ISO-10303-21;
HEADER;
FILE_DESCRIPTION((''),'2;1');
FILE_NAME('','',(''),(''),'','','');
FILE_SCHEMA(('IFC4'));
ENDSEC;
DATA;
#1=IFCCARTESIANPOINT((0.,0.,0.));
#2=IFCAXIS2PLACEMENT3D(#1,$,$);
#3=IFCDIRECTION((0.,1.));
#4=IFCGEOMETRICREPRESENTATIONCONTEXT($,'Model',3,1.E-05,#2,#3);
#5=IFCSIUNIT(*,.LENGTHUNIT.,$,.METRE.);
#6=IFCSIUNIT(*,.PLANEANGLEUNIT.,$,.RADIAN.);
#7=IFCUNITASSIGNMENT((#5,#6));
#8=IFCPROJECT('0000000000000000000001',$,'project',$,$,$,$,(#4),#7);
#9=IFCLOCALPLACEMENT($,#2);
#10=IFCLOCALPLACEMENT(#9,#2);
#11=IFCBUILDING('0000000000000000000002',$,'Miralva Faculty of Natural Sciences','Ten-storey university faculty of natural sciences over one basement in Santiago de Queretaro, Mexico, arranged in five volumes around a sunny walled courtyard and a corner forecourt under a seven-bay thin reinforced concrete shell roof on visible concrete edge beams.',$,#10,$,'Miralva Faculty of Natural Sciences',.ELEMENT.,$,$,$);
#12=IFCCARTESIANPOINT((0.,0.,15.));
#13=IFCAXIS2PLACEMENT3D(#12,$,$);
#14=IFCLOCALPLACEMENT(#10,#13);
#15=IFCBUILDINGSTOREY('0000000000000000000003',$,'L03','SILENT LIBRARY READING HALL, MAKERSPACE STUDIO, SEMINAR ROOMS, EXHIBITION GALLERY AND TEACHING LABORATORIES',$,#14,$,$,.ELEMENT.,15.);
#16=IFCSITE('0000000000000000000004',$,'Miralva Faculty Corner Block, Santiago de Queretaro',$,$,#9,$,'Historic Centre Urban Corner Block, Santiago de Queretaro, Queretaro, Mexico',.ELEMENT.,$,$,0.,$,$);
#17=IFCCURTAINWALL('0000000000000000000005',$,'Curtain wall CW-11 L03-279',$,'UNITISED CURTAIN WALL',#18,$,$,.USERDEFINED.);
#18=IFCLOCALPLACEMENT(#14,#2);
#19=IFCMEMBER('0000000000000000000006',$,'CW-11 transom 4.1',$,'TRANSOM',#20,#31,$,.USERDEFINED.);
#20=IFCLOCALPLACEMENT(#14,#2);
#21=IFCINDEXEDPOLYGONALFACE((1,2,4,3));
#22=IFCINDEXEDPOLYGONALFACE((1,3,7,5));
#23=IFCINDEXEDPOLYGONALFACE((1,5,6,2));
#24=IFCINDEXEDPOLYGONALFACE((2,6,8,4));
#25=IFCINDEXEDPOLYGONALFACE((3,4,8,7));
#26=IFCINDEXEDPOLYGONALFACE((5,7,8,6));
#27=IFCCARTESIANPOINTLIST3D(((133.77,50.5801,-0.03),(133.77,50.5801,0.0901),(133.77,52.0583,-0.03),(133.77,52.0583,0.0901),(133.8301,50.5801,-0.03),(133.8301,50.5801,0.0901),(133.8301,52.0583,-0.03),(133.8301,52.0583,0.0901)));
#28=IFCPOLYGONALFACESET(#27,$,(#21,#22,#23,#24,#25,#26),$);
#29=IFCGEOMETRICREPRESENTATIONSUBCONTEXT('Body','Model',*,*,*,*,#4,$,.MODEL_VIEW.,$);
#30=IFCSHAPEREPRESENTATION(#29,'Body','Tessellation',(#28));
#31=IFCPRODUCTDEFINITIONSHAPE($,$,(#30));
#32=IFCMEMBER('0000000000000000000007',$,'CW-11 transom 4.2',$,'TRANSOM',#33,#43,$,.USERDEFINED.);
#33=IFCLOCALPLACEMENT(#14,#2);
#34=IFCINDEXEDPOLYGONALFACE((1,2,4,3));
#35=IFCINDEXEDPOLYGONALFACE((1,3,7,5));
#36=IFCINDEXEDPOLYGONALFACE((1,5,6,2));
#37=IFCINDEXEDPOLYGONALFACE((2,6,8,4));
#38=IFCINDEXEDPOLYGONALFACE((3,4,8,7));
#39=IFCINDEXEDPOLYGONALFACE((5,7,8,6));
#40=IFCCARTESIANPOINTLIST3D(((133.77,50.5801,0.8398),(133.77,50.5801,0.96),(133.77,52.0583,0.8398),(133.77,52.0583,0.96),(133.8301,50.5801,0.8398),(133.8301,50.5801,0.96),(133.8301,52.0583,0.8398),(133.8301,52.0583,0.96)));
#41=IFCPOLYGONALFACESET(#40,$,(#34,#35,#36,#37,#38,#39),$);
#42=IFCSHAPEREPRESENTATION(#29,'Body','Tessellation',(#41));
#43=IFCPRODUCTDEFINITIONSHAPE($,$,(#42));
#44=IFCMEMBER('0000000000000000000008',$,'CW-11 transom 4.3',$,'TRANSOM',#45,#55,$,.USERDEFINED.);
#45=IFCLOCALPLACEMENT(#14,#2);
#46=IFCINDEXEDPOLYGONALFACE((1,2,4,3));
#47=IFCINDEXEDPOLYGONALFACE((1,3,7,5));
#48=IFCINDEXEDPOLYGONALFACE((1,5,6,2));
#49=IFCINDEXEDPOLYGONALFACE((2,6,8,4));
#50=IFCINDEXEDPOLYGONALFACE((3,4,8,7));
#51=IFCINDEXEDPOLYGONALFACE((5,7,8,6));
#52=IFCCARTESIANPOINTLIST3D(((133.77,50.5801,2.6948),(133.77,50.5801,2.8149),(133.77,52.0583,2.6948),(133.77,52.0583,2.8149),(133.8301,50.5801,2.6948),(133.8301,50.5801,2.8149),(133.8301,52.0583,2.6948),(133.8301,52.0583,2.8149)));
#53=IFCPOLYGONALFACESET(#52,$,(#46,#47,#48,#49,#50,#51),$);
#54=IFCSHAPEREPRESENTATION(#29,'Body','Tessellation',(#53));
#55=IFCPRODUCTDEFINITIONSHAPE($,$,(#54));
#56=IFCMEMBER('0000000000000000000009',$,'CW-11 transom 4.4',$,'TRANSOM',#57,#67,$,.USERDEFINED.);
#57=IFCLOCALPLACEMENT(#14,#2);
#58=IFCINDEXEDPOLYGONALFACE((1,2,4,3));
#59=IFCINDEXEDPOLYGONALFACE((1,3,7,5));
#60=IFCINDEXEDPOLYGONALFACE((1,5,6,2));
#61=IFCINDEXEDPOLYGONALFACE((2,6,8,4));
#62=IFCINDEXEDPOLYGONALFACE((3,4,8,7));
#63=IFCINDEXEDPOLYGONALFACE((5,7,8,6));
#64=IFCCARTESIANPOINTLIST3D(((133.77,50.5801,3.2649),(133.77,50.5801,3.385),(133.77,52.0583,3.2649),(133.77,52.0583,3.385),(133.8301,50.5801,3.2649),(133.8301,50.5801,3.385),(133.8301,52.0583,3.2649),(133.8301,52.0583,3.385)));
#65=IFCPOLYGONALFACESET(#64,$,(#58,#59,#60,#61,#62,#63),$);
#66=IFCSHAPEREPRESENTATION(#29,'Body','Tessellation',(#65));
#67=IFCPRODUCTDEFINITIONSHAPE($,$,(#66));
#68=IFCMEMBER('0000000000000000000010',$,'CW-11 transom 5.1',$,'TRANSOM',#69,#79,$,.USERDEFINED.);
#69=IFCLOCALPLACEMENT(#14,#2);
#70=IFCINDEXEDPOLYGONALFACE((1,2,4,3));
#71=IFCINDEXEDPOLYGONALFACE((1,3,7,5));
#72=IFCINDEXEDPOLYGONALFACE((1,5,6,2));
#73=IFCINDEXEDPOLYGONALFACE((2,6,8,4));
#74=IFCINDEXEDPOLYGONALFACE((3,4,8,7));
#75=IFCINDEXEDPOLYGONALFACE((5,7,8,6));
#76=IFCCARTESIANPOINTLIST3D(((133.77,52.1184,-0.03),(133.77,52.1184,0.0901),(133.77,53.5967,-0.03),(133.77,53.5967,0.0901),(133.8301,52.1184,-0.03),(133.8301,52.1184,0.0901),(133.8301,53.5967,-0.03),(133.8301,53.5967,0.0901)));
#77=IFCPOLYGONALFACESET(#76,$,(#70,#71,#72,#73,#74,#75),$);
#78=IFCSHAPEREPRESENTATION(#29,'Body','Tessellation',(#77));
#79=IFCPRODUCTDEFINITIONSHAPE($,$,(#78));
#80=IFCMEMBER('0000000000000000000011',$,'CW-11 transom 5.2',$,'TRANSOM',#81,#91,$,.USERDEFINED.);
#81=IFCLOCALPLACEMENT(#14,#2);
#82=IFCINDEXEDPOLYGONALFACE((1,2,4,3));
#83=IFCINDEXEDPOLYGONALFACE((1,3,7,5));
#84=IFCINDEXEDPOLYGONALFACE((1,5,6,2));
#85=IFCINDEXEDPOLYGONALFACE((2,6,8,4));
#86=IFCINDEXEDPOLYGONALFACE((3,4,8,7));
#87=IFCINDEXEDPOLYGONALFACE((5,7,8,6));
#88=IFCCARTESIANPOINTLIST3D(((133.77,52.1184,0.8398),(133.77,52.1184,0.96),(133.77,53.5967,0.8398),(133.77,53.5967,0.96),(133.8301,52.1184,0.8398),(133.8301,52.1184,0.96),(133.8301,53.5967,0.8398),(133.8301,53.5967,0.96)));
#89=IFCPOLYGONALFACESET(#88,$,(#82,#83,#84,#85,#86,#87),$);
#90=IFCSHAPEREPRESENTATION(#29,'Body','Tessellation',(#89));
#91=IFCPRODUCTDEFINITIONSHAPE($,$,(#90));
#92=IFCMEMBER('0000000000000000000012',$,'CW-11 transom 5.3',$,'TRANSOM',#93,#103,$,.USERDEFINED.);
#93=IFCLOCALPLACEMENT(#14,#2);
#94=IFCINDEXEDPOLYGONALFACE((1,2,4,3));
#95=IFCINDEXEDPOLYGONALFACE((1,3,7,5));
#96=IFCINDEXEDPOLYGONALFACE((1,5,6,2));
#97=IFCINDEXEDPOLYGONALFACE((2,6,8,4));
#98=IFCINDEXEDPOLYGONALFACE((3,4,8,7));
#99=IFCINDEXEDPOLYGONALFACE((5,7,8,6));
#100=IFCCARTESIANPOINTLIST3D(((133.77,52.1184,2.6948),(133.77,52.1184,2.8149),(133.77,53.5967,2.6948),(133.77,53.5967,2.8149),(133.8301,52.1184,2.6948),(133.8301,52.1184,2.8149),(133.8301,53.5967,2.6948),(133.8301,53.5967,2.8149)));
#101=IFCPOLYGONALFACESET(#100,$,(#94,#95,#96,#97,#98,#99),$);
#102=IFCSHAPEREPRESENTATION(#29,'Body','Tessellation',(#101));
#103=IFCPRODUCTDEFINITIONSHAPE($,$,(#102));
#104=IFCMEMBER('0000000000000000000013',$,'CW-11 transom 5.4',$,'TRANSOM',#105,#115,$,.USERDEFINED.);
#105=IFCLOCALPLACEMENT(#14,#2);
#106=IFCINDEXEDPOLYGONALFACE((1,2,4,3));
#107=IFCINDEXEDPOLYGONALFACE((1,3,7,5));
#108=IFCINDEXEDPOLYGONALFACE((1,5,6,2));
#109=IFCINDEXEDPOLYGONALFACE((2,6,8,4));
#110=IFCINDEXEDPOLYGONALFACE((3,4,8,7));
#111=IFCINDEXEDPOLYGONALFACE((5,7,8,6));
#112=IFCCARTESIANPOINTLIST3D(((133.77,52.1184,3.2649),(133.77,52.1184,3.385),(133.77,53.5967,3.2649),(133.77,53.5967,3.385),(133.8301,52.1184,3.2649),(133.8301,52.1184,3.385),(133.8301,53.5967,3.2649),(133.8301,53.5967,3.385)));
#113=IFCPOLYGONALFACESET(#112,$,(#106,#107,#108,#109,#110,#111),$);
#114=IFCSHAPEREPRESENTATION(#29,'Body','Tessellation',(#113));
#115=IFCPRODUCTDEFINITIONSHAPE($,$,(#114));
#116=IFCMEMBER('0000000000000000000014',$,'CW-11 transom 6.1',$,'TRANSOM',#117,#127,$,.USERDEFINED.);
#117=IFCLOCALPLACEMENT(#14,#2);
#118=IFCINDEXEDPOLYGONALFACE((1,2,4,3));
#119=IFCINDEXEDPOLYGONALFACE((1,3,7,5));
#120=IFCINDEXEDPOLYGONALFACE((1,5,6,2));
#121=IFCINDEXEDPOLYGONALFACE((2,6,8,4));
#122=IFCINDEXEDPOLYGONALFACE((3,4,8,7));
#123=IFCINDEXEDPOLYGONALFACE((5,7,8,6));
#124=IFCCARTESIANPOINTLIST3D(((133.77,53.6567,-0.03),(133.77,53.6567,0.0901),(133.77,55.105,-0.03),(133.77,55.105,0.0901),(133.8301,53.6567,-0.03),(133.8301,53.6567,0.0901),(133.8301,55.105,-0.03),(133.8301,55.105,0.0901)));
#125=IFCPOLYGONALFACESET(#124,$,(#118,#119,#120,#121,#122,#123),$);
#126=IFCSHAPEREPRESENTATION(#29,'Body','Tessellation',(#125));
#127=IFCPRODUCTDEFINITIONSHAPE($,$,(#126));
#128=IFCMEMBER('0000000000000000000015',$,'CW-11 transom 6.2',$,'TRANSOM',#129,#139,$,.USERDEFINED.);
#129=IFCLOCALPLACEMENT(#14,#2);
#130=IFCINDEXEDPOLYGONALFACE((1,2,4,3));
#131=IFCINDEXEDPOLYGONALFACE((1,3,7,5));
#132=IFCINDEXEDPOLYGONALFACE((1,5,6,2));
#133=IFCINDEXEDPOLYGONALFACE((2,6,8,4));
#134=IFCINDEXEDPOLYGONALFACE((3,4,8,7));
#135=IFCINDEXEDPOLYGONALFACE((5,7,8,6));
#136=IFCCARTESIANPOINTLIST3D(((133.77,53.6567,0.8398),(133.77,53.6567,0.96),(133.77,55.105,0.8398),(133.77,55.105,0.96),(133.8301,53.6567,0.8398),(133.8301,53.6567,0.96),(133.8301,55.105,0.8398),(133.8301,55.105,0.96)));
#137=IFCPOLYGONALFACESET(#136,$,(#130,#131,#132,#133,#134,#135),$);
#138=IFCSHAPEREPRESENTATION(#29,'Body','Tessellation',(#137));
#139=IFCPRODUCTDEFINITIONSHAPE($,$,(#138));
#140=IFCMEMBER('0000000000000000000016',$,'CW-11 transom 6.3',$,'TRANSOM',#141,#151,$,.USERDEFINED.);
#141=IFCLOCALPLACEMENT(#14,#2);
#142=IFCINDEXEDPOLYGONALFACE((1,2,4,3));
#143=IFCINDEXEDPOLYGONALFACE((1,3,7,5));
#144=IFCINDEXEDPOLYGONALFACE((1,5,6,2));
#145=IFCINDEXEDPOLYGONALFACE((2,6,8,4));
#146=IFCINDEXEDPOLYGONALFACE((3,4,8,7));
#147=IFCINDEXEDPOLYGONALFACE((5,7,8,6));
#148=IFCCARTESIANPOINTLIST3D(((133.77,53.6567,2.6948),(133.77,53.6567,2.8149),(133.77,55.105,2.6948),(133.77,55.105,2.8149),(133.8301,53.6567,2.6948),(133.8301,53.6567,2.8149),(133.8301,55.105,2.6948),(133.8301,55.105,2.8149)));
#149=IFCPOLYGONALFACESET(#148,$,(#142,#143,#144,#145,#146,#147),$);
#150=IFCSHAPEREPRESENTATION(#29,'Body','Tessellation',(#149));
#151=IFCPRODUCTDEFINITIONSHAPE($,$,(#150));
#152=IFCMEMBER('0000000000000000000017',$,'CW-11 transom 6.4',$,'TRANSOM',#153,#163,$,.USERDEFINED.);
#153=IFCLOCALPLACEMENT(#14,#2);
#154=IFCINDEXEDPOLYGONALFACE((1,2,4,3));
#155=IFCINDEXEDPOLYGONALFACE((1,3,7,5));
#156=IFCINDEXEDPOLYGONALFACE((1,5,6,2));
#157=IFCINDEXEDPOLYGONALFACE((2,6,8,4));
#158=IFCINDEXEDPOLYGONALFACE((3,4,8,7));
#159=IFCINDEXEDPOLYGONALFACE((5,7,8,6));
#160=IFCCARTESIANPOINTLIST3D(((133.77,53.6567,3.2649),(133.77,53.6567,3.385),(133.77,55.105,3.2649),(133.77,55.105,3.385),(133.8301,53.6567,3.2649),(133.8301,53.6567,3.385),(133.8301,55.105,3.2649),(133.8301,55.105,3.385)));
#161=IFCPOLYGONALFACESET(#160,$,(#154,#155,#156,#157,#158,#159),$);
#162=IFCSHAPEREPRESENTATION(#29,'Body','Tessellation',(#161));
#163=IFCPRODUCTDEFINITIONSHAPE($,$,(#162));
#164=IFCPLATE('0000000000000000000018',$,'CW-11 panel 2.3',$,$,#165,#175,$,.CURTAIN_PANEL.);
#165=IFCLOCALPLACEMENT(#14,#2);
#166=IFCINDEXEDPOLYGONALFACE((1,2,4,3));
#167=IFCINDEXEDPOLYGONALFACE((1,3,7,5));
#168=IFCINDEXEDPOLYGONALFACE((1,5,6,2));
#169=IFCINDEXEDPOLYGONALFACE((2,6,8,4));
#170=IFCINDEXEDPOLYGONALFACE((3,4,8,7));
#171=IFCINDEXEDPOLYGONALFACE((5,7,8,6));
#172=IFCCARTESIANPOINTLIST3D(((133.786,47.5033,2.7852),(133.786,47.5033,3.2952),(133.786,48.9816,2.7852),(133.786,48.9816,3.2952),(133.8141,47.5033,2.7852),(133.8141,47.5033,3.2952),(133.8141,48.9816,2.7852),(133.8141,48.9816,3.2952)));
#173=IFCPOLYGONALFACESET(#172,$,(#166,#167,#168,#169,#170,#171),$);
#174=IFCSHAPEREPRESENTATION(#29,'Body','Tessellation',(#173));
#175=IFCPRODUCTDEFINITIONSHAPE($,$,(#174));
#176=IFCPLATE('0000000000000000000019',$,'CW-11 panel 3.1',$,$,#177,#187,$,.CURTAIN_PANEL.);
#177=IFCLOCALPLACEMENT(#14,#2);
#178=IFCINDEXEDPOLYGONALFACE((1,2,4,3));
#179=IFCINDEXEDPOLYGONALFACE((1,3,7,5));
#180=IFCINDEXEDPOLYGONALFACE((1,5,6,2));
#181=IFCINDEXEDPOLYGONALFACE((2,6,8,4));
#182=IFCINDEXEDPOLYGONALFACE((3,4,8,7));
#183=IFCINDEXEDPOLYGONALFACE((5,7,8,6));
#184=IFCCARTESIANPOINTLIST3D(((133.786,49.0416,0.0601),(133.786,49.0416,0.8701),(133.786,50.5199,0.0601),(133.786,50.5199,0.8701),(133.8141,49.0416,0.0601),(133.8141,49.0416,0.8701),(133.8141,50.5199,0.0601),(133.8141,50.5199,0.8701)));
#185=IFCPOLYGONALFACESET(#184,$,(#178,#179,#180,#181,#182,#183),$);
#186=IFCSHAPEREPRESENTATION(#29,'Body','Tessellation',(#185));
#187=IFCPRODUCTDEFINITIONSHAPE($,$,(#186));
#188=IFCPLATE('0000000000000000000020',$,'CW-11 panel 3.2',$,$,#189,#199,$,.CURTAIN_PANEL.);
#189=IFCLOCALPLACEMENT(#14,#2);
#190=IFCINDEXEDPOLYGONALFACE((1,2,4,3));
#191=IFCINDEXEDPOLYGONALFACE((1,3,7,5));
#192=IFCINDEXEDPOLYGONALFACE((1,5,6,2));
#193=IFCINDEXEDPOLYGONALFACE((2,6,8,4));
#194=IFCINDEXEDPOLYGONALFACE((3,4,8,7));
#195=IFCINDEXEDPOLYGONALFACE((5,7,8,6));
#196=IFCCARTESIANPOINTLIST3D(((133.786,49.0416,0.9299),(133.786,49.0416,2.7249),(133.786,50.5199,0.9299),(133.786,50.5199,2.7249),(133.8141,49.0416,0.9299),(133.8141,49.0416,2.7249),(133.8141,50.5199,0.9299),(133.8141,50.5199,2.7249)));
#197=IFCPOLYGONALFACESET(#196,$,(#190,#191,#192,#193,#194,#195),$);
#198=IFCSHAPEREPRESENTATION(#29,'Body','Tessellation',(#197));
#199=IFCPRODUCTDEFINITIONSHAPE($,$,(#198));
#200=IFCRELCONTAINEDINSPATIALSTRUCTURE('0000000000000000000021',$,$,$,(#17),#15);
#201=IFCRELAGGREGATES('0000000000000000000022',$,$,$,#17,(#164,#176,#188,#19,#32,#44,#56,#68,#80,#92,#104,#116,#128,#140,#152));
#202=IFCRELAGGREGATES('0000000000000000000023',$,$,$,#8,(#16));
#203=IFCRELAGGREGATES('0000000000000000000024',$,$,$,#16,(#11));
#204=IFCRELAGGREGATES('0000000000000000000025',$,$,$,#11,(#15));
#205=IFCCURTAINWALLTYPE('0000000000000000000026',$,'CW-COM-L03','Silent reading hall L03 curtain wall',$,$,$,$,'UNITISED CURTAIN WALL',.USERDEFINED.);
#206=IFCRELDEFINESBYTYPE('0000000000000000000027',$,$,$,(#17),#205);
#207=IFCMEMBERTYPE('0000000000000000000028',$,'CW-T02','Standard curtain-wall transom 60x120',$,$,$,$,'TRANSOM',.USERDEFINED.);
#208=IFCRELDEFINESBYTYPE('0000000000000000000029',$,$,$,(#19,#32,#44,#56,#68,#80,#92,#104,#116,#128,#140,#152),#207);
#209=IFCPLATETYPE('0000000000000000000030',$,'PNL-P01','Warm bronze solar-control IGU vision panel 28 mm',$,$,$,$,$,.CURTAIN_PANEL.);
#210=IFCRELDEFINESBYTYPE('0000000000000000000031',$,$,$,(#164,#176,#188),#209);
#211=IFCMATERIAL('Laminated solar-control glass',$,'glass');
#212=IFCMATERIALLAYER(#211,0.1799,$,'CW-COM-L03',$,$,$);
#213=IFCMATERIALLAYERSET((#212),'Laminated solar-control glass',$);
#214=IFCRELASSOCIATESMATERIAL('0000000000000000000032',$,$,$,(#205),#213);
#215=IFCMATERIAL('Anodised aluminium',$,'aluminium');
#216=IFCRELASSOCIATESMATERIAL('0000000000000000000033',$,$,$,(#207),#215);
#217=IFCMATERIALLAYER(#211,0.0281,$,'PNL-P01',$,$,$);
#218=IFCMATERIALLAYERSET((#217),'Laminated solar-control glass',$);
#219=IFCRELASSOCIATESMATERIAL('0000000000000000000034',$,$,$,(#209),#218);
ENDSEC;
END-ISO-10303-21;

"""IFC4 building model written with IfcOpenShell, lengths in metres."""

from ifc_helpers import new_model, si_unit, direction, frame, origin, origin_2d, place, context, subcontext, project, spatial, rectangle, extrude, material, layer, layer_set, material_profile, profile_set, type_object, element, aggregate, save


model = new_model("IFC4")

# Units and contexts
model_context = context("Model", 3, precision=1e-05, world=origin(), true_north=direction((0.0, 1.0)))
body_context = subcontext(model_context, "Body", "Model", "MODEL_VIEW")
ifc_project = project(units=[si_unit("LENGTHUNIT", "METRE"), si_unit("PLANEANGLEUNIT", "RADIAN")], contexts=[model_context])

# Site, building, storey
site_placement = place(None, origin())
site = spatial("IfcSite", under=ifc_project, at=site_placement, Name="Miralva Faculty Corner Block, Santiago de Queretaro", LongName="Historic Centre Urban Corner Block, Santiago de Queretaro, Queretaro, Mexico", CompositionType="ELEMENT", RefElevation=0.0)
building_placement = place(site_placement, origin())
building = spatial("IfcBuilding", under=site, at=building_placement, Name="Miralva Faculty of Natural Sciences", Description="Ten-storey university faculty of natural sciences over one basement in Santiago de Queretaro, Mexico, arranged in five volumes around a sunny walled courtyard and a corner forecourt under a seven-bay thin reinforced concrete shell roof on visible concrete edge beams.", LongName="Miralva Faculty of Natural Sciences", CompositionType="ELEMENT")
storey_placement = place(building_placement, frame((0.0, 0.0, 15.0)))
storey = spatial("IfcBuildingStorey", under=building, at=storey_placement, Name="L03", Description="SILENT LIBRARY READING HALL, MAKERSPACE STUDIO, SEMINAR ROOMS, EXHIBITION GALLERY AND TEACHING LABORATORIES", CompositionType="ELEMENT", Elevation=15.0)

# Curtain wall, members, plates
ifc_material_1 = material(Name="Laminated solar-control glass", Category="glass")
ifc_layer_1 = layer(ifc_material_1, 0.1799, Name="CW-COM-L03")
ifc_layer_set_1 = layer_set([ifc_layer_1], Name="Laminated solar-control glass")
curtain_wall_type = type_object("IfcCurtainWallType", Name="CW-COM-L03", Description="Silent reading hall L03 curtain wall", ElementType="UNITISED CURTAIN WALL", PredefinedType="USERDEFINED", material=ifc_layer_set_1)
curtain_wall_placement = place(storey_placement, origin())
curtain_wall = element("IfcCurtainWall", 1, at=curtain_wall_placement, inside=storey, type_object=curtain_wall_type, Name="Curtain wall CW-11 L03-279", ObjectType="UNITISED CURTAIN WALL", PredefinedType="USERDEFINED")
ifc_material_2 = material(Name="Anodised aluminium", Category="aluminium")
ifc_material_profile_1 = material_profile(ifc_material_2, rectangle(XDim=0.0601, YDim=0.1201, at=origin_2d()), Name="TRANSOM 60x120")
ifc_profile_set_1 = profile_set([ifc_material_profile_1], Name="Anodised aluminium")
member_type_1 = type_object("IfcMemberType", Name="CW-T02", Description="Standard curtain-wall transom 60x120", ElementType="TRANSOM", PredefinedType="USERDEFINED", material=ifc_profile_set_1)
member_1_placement = place(storey_placement, frame((133.8, 50.5801, 0.03), z_axis=(0.0, 1.0, 0.0), x_axis=(-1.0, 0.0, 0.0)))
member_1 = element("IfcMember", 2, at=member_1_placement, type_object=member_type_1, Name="CW-11 transom 4.1", ObjectType="TRANSOM", PredefinedType="USERDEFINED", context=body_context, shape_type="SweptSolid", body=[
    extrude(rectangle(XDim=0.0601, YDim=0.1201, at=origin_2d()), origin(), (0.0, 0.0, 1.0), 1.4783),
])
member_2_placement = place(storey_placement, frame((133.8, 50.5801, 0.8999), z_axis=(0.0, 1.0, 0.0), x_axis=(-1.0, 0.0, 0.0)))
member_2 = element("IfcMember", 3, at=member_2_placement, type_object=member_type_1, Name="CW-11 transom 4.2", ObjectType="TRANSOM", PredefinedType="USERDEFINED", context=body_context, shape_type="SweptSolid", body=[
    extrude(rectangle(XDim=0.0601, YDim=0.1201, at=origin_2d()), origin(), (0.0, 0.0, 1.0), 1.4783),
])
member_3_placement = place(storey_placement, frame((133.8, 50.5801, 2.7549), z_axis=(0.0, 1.0, 0.0), x_axis=(-1.0, 0.0, 0.0)))
member_3 = element("IfcMember", 4, at=member_3_placement, type_object=member_type_1, Name="CW-11 transom 4.3", ObjectType="TRANSOM", PredefinedType="USERDEFINED", context=body_context, shape_type="SweptSolid", body=[
    extrude(rectangle(XDim=0.0601, YDim=0.1201, at=origin_2d()), origin(), (0.0, 0.0, 1.0), 1.4783),
])
member_4_placement = place(storey_placement, frame((133.8, 50.5801, 3.325), z_axis=(0.0, 1.0, 0.0), x_axis=(-1.0, 0.0, 0.0)))
member_4 = element("IfcMember", 5, at=member_4_placement, type_object=member_type_1, Name="CW-11 transom 4.4", ObjectType="TRANSOM", PredefinedType="USERDEFINED", context=body_context, shape_type="SweptSolid", body=[
    extrude(rectangle(XDim=0.0601, YDim=0.1201, at=origin_2d()), origin(), (0.0, 0.0, 1.0), 1.4783),
])
member_5_placement = place(storey_placement, frame((133.8, 52.1184, 0.03), z_axis=(0.0, 1.0, 0.0), x_axis=(-1.0, 0.0, 0.0)))
member_5 = element("IfcMember", 6, at=member_5_placement, type_object=member_type_1, Name="CW-11 transom 5.1", ObjectType="TRANSOM", PredefinedType="USERDEFINED", context=body_context, shape_type="SweptSolid", body=[
    extrude(rectangle(XDim=0.0601, YDim=0.1201, at=origin_2d()), origin(), (0.0, 0.0, 1.0), 1.4783),
])
member_6_placement = place(storey_placement, frame((133.8, 52.1184, 0.8999), z_axis=(0.0, 1.0, 0.0), x_axis=(-1.0, 0.0, 0.0)))
member_6 = element("IfcMember", 7, at=member_6_placement, type_object=member_type_1, Name="CW-11 transom 5.2", ObjectType="TRANSOM", PredefinedType="USERDEFINED", context=body_context, shape_type="SweptSolid", body=[
    extrude(rectangle(XDim=0.0601, YDim=0.1201, at=origin_2d()), origin(), (0.0, 0.0, 1.0), 1.4783),
])
member_7_placement = place(storey_placement, frame((133.8, 52.1184, 2.7549), z_axis=(0.0, 1.0, 0.0), x_axis=(-1.0, 0.0, 0.0)))
member_7 = element("IfcMember", 8, at=member_7_placement, type_object=member_type_1, Name="CW-11 transom 5.3", ObjectType="TRANSOM", PredefinedType="USERDEFINED", context=body_context, shape_type="SweptSolid", body=[
    extrude(rectangle(XDim=0.0601, YDim=0.1201, at=origin_2d()), origin(), (0.0, 0.0, 1.0), 1.4783),
])
member_8_placement = place(storey_placement, frame((133.8, 52.1184, 3.325), z_axis=(0.0, 1.0, 0.0), x_axis=(-1.0, 0.0, 0.0)))
member_8 = element("IfcMember", 9, at=member_8_placement, type_object=member_type_1, Name="CW-11 transom 5.4", ObjectType="TRANSOM", PredefinedType="USERDEFINED", context=body_context, shape_type="SweptSolid", body=[
    extrude(rectangle(XDim=0.0601, YDim=0.1201, at=origin_2d()), origin(), (0.0, 0.0, 1.0), 1.4783),
])
member_9_placement = place(storey_placement, frame((133.8, 53.6567, 0.03), z_axis=(0.0, 1.0, 0.0), x_axis=(-1.0, 0.0, 0.0)))
member_9 = element("IfcMember", 10, at=member_9_placement, type_object=member_type_1, Name="CW-11 transom 6.1", ObjectType="TRANSOM", PredefinedType="USERDEFINED", context=body_context, shape_type="SweptSolid", body=[
    extrude(rectangle(XDim=0.0601, YDim=0.1201, at=origin_2d()), origin(), (0.0, 0.0, 1.0), 1.4482),
])
member_10_placement = place(storey_placement, frame((133.8, 53.6567, 0.8999), z_axis=(0.0, 1.0, 0.0), x_axis=(-1.0, 0.0, 0.0)))
member_10 = element("IfcMember", 11, at=member_10_placement, type_object=member_type_1, Name="CW-11 transom 6.2", ObjectType="TRANSOM", PredefinedType="USERDEFINED", context=body_context, shape_type="SweptSolid", body=[
    extrude(rectangle(XDim=0.0601, YDim=0.1201, at=origin_2d()), origin(), (0.0, 0.0, 1.0), 1.4482),
])
member_11_placement = place(storey_placement, frame((133.8, 53.6567, 2.7549), z_axis=(0.0, 1.0, 0.0), x_axis=(-1.0, 0.0, 0.0)))
member_11 = element("IfcMember", 12, at=member_11_placement, type_object=member_type_1, Name="CW-11 transom 6.3", ObjectType="TRANSOM", PredefinedType="USERDEFINED", context=body_context, shape_type="SweptSolid", body=[
    extrude(rectangle(XDim=0.0601, YDim=0.1201, at=origin_2d()), origin(), (0.0, 0.0, 1.0), 1.4482),
])
member_12_placement = place(storey_placement, frame((133.8, 53.6567, 3.325), z_axis=(0.0, 1.0, 0.0), x_axis=(-1.0, 0.0, 0.0)))
member_12 = element("IfcMember", 13, at=member_12_placement, type_object=member_type_1, Name="CW-11 transom 6.4", ObjectType="TRANSOM", PredefinedType="USERDEFINED", context=body_context, shape_type="SweptSolid", body=[
    extrude(rectangle(XDim=0.0601, YDim=0.1201, at=origin_2d()), origin(), (0.0, 0.0, 1.0), 1.4482),
])
ifc_layer_2 = layer(ifc_material_1, 0.0281, Name="PNL-P01")
ifc_layer_set_2 = layer_set([ifc_layer_2], Name="Laminated solar-control glass")
plate_type = type_object("IfcPlateType", Name="PNL-P01", Description="Warm bronze solar-control IGU vision panel 28 mm", PredefinedType="CURTAIN_PANEL", material=ifc_layer_set_2)
plate_1_placement = place(storey_placement, frame((133.8, 48.2424, 2.7852), z_axis=(0.0, 0.0, 1.0), x_axis=(0.0, 1.0, 0.0)))
plate_1 = element("IfcPlate", 14, at=plate_1_placement, type_object=plate_type, Name="CW-11 panel 2.3", PredefinedType="CURTAIN_PANEL", context=body_context, shape_type="SweptSolid", body=[
    extrude(rectangle(XDim=1.4783, YDim=0.0281, at=origin_2d()), origin(), (0.0, 0.0, 1.0), 0.51),
])
plate_2_placement = place(storey_placement, frame((133.8, 49.7808, 0.0601), z_axis=(0.0, 0.0, 1.0), x_axis=(0.0, 1.0, 0.0)))
plate_2 = element("IfcPlate", 15, at=plate_2_placement, type_object=plate_type, Name="CW-11 panel 3.1", PredefinedType="CURTAIN_PANEL", context=body_context, shape_type="SweptSolid", body=[
    extrude(rectangle(XDim=1.4783, YDim=0.0281, at=origin_2d()), origin(), (0.0, 0.0, 1.0), 0.8101),
])
plate_3_placement = place(storey_placement, frame((133.8, 49.7808, 0.9299), z_axis=(0.0, 0.0, 1.0), x_axis=(0.0, 1.0, 0.0)))
plate_3 = element("IfcPlate", 16, at=plate_3_placement, type_object=plate_type, Name="CW-11 panel 3.2", PredefinedType="CURTAIN_PANEL", context=body_context, shape_type="SweptSolid", body=[
    extrude(rectangle(XDim=1.4783, YDim=0.0281, at=origin_2d()), origin(), (0.0, 0.0, 1.0), 1.7949),
])
aggregate(curtain_wall, [plate_1, plate_2, plate_3, member_1, member_2, member_3, member_4, member_5, member_6, member_7, member_8, member_9, member_10, member_11, member_12])

save(model, "model.ifc")
